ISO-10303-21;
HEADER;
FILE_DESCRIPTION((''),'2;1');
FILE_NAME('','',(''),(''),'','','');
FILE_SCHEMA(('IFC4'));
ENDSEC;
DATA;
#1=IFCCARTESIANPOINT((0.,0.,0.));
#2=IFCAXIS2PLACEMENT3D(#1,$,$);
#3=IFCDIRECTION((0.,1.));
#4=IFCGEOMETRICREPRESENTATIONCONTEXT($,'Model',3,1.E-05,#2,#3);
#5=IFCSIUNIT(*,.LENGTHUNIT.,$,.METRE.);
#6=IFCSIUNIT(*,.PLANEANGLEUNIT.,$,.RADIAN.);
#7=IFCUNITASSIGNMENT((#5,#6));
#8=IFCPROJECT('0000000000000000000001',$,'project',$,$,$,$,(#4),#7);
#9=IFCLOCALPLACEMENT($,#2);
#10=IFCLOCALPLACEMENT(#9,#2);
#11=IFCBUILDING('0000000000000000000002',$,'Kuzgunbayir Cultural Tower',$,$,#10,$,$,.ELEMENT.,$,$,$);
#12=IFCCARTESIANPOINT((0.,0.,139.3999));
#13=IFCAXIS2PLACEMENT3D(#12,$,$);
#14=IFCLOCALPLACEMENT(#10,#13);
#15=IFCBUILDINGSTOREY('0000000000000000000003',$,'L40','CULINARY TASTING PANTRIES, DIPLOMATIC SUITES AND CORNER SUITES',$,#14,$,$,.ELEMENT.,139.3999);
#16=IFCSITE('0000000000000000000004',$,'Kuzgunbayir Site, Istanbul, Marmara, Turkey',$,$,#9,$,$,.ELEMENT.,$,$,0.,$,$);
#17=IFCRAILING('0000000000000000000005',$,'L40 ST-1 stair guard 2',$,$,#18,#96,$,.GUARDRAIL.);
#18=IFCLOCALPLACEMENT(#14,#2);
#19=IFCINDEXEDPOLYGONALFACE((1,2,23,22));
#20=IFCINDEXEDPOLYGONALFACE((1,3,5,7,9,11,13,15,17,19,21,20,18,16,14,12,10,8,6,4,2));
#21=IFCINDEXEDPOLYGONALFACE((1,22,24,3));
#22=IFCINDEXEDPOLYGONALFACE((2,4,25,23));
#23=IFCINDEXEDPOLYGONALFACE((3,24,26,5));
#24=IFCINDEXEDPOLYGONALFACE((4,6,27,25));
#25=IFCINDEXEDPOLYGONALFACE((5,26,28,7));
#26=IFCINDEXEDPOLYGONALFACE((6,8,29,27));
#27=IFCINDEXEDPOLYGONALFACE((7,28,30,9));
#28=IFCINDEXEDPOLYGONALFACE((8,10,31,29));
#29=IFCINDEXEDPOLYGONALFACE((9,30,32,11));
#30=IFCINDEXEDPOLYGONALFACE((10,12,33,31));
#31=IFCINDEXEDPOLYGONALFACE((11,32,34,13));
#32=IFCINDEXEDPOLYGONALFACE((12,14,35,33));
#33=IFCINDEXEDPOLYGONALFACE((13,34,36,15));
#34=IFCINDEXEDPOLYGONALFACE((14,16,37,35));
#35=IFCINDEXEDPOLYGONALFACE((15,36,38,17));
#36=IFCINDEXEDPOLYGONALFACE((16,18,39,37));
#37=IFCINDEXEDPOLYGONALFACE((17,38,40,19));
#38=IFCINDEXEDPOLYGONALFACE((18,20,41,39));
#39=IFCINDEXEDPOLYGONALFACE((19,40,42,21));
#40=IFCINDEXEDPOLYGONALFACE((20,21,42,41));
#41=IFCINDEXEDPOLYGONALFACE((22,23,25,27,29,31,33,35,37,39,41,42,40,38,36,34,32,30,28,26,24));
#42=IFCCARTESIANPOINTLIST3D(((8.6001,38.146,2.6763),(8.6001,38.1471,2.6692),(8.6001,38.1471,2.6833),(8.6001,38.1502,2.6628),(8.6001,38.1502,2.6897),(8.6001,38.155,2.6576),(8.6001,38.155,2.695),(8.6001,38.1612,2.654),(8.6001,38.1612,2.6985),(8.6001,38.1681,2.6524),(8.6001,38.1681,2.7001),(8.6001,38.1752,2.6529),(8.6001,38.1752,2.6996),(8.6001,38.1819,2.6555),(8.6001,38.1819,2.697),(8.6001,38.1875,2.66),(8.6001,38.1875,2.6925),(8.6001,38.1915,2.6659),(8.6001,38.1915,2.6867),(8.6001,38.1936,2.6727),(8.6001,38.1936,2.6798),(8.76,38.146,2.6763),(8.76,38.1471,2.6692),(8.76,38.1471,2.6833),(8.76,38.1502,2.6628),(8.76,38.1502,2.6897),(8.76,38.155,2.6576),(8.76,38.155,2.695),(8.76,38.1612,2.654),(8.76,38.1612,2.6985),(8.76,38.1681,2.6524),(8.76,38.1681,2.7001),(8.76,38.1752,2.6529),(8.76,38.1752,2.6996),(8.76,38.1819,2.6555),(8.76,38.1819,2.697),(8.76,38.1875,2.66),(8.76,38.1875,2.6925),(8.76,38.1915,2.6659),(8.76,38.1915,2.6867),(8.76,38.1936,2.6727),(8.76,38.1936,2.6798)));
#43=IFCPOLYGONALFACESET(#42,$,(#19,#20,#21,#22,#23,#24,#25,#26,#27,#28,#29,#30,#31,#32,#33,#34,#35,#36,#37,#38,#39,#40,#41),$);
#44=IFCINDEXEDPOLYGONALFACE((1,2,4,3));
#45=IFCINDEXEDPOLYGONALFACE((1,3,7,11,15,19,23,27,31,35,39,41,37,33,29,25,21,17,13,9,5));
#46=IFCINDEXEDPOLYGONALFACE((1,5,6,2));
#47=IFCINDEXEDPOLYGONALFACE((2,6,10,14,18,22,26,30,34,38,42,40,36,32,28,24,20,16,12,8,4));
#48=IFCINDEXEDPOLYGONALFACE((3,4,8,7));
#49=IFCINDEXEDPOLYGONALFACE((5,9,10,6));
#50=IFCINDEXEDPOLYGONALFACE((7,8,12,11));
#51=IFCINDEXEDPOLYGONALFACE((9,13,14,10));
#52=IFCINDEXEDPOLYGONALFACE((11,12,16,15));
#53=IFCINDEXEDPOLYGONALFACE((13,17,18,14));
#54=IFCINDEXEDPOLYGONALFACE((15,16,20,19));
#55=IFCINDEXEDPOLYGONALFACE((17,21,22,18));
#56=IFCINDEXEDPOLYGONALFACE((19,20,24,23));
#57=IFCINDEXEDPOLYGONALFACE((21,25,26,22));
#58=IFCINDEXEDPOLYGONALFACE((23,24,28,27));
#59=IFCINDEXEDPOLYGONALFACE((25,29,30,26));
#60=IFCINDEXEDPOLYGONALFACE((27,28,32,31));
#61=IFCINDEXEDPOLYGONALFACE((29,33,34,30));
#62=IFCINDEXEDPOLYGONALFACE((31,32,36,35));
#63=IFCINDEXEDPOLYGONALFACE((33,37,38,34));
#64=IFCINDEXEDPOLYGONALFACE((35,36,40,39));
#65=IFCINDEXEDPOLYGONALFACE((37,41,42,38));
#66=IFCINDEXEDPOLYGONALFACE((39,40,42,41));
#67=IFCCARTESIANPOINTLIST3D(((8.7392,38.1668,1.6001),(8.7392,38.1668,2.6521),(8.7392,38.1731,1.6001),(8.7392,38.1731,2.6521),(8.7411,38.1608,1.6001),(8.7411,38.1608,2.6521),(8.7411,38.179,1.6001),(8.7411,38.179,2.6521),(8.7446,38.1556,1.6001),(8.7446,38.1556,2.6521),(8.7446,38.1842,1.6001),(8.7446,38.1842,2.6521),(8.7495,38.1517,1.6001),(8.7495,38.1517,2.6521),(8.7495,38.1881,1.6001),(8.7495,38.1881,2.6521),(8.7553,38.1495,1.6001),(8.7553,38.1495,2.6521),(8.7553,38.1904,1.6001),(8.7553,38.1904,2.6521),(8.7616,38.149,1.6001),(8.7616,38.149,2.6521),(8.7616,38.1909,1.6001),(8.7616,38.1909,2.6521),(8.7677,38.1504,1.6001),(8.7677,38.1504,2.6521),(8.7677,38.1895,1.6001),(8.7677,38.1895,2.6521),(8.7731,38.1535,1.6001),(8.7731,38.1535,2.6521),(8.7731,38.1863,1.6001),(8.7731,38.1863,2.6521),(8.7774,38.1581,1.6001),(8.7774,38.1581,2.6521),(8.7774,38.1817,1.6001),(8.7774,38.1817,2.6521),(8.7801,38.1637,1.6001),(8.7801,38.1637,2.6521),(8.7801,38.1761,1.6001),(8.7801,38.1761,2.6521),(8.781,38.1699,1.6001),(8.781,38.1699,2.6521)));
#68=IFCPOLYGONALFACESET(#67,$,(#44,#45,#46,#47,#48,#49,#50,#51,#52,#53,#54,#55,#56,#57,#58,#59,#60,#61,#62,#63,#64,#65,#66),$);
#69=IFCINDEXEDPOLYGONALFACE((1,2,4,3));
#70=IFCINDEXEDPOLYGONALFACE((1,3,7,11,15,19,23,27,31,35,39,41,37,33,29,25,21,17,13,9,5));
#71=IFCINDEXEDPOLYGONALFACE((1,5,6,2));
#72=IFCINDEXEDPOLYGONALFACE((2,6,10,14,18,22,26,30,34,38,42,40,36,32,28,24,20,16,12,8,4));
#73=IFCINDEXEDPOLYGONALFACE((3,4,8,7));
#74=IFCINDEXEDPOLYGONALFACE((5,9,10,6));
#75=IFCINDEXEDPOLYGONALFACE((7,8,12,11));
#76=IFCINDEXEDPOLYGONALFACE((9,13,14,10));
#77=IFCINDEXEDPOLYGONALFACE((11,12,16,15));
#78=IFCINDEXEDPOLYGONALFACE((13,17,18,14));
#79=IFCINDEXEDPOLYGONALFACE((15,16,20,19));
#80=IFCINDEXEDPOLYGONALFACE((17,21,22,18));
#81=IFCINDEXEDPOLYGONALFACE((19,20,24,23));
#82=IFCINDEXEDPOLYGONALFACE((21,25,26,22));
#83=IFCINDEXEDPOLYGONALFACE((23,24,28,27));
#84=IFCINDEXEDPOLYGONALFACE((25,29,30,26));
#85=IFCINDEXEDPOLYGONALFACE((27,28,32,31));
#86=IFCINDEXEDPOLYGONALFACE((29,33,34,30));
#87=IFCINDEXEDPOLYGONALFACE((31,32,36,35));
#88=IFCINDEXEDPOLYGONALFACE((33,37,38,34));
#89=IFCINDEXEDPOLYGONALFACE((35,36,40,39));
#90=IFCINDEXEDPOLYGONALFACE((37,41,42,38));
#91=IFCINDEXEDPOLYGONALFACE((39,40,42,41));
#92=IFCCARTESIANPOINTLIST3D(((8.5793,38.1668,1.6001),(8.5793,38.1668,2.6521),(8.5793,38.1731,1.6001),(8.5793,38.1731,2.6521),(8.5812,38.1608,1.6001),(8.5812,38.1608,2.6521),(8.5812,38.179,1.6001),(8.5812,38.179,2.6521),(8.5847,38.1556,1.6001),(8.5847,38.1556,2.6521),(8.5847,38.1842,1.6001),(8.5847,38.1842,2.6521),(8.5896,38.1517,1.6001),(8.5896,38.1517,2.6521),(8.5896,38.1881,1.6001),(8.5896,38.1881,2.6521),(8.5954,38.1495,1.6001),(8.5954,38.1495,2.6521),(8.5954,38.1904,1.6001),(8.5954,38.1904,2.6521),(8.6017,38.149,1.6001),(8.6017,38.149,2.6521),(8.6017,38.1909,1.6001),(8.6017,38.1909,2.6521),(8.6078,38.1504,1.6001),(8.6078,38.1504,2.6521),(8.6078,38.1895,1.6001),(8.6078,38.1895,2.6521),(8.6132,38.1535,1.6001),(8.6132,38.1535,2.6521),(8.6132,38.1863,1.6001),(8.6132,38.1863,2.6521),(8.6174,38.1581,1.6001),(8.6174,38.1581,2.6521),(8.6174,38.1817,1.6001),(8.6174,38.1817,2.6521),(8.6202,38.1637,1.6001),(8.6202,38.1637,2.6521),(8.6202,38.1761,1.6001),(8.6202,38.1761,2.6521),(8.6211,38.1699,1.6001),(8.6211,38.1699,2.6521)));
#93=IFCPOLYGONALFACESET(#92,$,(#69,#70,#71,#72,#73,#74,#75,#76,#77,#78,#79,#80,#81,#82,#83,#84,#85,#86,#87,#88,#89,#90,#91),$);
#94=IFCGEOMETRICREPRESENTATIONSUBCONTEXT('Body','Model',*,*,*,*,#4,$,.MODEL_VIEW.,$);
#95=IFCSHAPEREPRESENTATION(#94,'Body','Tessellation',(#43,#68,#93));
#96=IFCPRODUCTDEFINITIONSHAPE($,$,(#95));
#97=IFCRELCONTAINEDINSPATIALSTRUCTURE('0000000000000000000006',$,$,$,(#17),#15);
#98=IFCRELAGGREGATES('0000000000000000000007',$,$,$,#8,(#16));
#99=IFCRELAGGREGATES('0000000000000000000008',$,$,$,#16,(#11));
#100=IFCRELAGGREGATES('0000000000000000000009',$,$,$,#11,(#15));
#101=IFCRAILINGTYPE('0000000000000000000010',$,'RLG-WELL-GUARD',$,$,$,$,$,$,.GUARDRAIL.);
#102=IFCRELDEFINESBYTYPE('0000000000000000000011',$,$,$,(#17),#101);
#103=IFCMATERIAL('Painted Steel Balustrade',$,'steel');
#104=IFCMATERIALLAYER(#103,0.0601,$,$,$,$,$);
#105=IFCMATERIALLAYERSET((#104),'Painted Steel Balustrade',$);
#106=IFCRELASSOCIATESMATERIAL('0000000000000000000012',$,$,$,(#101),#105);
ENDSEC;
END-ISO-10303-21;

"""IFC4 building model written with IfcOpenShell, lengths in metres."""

from ifc_helpers import new_model, si_unit, direction, frame, origin, origin_2d, place, context, subcontext, project, spatial, circle, extrude, material, layer, layer_set, type_object, element, save


model = new_model("IFC4")

# Units and contexts
model_context = context("Model", 3, precision=1e-05, world=origin(), true_north=direction((0.0, 1.0)))
body_context = subcontext(model_context, "Body", "Model", "MODEL_VIEW")
ifc_project = project(units=[si_unit("LENGTHUNIT", "METRE"), si_unit("PLANEANGLEUNIT", "RADIAN")], contexts=[model_context])

# Site, building, storey
site_placement = place(None, origin())
site = spatial("IfcSite", under=ifc_project, at=site_placement, Name="Kuzgunbayir Site, Istanbul, Marmara, Turkey", CompositionType="ELEMENT", RefElevation=0.0)
building_placement = place(site_placement, origin())
building = spatial("IfcBuilding", under=site, at=building_placement, Name="Kuzgunbayir Cultural Tower", CompositionType="ELEMENT")
storey_placement = place(building_placement, frame((0.0, 0.0, 139.3999)))
storey = spatial("IfcBuildingStorey", under=building, at=storey_placement, Name="L40", Description="CULINARY TASTING PANTRIES, DIPLOMATIC SUITES AND CORNER SUITES", CompositionType="ELEMENT", Elevation=139.3999)

# Railing
ifc_material_1 = material(Name="Painted Steel Balustrade", Category="steel")
ifc_layer_1 = layer(ifc_material_1, 0.0601)
ifc_layer_set_1 = layer_set([ifc_layer_1], Name="Painted Steel Balustrade")
railing_type_1 = type_object("IfcRailingType", Name="RLG-WELL-GUARD", PredefinedType="GUARDRAIL", material=ifc_layer_set_1)
railing_1_placement = place(storey_placement, frame((8.76, 38.1699, 1.6001)))
element("IfcRailing", 1, at=railing_1_placement, inside=storey, type_object=railing_type_1, Name="L40 ST-1 stair guard 2", PredefinedType="GUARDRAIL", context=body_context, shape_type="SweptSolid", body=[
    extrude(circle(Radius=0.0239, at=origin_2d()), frame((0.0, 0.0, 1.0762), z_axis=(-1.0, 0.0, 0.0), x_axis=(0.0, -1.0, 0.0)), (0.0, 0.0, 1.0), 0.1599),
    extrude(circle(Radius=0.021, at=origin_2d()), origin(), (0.0, 0.0, 1.0), 1.052),
    extrude(circle(Radius=0.021, at=origin_2d()), frame((-0.1599, 0.0, 0.0)), (0.0, 0.0, 1.0), 1.052),
])

save(model, "model.ifc")
